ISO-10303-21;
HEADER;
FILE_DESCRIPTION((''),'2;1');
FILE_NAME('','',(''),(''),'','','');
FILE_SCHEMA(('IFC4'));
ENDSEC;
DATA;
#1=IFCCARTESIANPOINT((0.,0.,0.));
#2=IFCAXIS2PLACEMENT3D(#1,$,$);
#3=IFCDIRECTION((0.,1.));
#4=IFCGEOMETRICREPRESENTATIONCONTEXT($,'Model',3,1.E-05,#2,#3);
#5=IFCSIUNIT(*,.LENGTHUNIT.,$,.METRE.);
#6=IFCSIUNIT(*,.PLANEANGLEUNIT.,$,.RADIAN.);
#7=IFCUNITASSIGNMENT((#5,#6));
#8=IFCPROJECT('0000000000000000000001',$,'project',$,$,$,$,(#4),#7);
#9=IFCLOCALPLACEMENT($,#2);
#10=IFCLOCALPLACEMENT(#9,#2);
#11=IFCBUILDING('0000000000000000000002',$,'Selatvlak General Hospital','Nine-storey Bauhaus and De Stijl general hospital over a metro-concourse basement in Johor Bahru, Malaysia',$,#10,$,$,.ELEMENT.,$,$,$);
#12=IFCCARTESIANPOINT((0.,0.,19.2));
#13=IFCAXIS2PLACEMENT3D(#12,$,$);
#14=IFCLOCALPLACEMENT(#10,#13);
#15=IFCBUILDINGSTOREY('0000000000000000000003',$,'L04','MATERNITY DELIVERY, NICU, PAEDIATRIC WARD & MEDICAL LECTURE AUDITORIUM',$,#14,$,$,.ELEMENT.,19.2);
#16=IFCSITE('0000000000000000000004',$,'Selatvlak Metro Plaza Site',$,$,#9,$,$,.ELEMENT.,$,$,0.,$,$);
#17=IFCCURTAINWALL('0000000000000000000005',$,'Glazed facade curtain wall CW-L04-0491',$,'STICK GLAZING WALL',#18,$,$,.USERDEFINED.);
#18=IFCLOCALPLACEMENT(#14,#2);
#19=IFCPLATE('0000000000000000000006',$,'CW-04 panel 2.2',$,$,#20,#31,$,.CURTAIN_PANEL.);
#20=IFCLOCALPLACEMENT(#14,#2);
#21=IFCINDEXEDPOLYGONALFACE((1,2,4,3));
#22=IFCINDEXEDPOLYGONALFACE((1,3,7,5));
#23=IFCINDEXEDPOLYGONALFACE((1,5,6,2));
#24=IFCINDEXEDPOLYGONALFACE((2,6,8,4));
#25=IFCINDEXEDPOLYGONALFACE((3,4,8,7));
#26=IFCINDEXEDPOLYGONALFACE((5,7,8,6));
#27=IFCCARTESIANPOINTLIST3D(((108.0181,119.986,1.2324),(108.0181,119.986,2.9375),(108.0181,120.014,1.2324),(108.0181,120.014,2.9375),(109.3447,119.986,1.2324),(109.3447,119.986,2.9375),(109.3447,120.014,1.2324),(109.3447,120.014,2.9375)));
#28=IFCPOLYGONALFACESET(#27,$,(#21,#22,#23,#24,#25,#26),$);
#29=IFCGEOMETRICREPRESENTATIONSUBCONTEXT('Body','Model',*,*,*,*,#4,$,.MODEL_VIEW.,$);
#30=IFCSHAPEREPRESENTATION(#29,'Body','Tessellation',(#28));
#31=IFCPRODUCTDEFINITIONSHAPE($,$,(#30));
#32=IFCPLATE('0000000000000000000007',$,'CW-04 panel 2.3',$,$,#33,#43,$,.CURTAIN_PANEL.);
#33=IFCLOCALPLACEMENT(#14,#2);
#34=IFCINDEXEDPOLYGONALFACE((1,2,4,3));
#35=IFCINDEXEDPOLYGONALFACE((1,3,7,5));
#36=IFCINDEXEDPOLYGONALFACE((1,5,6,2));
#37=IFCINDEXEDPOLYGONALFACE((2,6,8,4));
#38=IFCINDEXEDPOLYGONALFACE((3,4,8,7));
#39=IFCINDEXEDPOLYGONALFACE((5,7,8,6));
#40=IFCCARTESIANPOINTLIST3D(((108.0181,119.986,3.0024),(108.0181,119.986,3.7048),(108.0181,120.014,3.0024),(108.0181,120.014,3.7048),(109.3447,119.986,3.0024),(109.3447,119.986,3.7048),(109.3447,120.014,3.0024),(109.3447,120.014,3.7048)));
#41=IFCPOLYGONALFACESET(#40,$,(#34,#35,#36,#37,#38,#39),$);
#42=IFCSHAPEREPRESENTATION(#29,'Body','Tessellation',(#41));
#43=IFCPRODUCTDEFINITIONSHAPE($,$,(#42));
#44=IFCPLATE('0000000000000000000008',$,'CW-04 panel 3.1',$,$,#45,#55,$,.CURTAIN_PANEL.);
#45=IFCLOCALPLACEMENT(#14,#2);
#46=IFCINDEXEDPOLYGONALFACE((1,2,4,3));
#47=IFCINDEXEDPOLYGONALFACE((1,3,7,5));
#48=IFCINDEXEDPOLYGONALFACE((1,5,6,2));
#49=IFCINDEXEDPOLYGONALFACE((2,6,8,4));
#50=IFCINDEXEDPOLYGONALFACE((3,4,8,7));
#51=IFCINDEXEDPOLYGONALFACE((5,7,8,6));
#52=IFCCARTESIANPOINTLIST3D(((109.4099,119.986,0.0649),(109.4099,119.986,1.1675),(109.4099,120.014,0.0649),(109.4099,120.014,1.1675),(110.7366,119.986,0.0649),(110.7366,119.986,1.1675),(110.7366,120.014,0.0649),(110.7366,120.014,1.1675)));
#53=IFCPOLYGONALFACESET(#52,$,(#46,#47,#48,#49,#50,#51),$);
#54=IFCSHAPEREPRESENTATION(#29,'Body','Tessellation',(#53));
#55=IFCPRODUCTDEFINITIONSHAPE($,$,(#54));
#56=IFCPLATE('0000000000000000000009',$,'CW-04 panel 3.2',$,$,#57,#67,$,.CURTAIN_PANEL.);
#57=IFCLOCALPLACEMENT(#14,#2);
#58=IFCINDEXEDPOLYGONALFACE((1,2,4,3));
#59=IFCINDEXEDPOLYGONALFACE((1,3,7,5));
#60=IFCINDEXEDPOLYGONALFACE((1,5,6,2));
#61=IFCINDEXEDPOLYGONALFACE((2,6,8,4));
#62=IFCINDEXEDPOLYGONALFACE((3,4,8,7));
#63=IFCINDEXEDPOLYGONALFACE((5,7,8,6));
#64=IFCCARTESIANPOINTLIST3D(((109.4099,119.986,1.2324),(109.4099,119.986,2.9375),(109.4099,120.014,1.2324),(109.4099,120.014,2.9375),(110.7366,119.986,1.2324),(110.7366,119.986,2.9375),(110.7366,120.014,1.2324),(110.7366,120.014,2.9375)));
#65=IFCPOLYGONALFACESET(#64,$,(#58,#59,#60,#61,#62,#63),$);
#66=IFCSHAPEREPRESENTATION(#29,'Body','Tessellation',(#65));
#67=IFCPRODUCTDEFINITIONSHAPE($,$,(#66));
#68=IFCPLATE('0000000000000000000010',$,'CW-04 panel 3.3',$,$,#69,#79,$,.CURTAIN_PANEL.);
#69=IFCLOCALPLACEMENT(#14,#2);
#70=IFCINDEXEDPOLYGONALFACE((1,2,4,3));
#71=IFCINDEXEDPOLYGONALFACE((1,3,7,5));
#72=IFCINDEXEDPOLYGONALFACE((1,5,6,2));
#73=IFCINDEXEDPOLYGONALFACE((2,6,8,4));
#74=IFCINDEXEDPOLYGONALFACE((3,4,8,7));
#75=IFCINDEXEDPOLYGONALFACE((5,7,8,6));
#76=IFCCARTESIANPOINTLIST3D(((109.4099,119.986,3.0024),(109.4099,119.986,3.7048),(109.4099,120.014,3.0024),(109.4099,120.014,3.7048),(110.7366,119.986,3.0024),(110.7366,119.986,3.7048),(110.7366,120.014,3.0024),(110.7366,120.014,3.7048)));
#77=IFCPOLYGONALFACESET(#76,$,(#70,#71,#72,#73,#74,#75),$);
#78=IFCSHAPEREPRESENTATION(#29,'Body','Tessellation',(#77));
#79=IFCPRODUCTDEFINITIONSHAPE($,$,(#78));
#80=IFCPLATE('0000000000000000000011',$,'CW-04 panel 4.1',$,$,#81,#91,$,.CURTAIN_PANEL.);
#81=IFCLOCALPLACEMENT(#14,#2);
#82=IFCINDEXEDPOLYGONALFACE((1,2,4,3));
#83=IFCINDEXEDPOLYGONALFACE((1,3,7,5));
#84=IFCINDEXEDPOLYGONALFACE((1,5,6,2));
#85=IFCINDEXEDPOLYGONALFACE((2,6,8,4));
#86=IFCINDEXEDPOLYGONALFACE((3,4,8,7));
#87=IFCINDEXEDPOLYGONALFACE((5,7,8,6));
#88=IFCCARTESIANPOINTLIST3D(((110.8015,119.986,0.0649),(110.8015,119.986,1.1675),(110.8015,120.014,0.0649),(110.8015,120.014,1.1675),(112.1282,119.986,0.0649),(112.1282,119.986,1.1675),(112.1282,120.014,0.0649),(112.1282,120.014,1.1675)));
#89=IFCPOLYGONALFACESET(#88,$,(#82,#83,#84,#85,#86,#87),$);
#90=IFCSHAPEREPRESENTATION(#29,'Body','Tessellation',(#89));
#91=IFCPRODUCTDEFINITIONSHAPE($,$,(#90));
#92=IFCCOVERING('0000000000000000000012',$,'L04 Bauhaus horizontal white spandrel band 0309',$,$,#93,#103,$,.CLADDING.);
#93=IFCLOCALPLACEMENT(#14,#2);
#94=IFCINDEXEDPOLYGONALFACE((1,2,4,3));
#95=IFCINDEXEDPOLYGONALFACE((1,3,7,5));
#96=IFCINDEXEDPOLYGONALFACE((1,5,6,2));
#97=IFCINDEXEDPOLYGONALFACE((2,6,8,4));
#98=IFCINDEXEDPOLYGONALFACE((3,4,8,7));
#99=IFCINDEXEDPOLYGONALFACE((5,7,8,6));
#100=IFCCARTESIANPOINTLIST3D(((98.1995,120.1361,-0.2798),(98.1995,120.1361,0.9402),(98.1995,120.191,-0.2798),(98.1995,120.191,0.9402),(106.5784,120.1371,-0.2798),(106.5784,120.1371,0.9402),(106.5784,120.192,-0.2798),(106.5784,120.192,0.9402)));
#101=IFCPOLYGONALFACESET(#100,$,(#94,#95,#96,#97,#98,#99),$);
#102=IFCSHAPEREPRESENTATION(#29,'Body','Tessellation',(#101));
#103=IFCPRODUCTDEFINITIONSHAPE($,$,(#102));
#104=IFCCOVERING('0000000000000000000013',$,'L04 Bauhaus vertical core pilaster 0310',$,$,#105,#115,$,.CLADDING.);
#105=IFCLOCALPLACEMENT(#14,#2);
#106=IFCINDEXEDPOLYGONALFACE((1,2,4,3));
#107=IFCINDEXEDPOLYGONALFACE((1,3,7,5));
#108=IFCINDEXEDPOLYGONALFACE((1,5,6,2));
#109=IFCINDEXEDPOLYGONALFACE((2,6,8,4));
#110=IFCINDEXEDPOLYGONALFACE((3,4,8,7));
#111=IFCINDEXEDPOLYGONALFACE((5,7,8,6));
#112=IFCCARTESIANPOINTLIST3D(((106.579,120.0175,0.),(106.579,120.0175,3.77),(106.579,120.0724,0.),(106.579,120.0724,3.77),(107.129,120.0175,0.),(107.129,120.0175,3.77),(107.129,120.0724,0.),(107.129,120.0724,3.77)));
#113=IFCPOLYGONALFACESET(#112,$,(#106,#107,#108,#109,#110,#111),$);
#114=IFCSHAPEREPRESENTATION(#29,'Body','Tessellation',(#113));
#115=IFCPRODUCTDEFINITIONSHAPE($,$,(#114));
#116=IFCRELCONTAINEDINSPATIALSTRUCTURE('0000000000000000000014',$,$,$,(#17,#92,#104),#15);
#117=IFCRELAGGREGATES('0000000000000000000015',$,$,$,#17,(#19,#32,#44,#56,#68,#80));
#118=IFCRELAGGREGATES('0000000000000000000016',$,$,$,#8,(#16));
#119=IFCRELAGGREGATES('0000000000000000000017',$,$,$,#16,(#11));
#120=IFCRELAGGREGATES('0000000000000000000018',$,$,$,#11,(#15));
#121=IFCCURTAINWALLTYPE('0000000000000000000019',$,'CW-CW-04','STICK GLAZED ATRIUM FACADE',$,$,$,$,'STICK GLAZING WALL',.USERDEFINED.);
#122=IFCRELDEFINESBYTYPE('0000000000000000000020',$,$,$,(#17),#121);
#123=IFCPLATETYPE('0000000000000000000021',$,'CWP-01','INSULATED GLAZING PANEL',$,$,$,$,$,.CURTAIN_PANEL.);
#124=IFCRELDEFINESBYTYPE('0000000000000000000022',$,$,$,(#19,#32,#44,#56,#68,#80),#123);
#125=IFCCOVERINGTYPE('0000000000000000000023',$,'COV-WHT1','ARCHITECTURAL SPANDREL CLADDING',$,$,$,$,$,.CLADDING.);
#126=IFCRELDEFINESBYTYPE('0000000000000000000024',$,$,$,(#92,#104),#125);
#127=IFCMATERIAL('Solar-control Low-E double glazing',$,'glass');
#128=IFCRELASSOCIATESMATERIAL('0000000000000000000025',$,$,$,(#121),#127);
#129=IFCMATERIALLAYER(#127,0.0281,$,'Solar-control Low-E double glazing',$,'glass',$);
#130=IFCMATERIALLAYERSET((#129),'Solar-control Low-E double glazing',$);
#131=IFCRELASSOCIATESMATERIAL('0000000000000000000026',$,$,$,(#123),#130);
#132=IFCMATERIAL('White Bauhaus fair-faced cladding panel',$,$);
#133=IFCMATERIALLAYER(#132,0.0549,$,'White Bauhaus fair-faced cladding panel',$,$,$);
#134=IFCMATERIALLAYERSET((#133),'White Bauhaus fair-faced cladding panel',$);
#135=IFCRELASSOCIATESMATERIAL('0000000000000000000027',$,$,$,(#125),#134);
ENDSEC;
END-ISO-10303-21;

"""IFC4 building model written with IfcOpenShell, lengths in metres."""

from ifc_helpers import new_model, si_unit, direction, frame, origin, origin_2d, place, context, subcontext, project, spatial, rectangle, extrude, material, layer, layer_set, type_object, element, aggregate, save


model = new_model("IFC4")

# Units and contexts
model_context = context("Model", 3, precision=1e-05, world=origin(), true_north=direction((0.0, 1.0)))
body_context = subcontext(model_context, "Body", "Model", "MODEL_VIEW")
ifc_project = project(units=[si_unit("LENGTHUNIT", "METRE"), si_unit("PLANEANGLEUNIT", "RADIAN")], contexts=[model_context])

# Site, building, storey
site_placement = place(None, origin())
site = spatial("IfcSite", under=ifc_project, at=site_placement, Name="Selatvlak Metro Plaza Site", CompositionType="ELEMENT", RefElevation=0.0)
building_placement = place(site_placement, origin())
building = spatial("IfcBuilding", under=site, at=building_placement, Name="Selatvlak General Hospital", Description="Nine-storey Bauhaus and De Stijl general hospital over a metro-concourse basement in Johor Bahru, Malaysia", CompositionType="ELEMENT")
storey_placement = place(building_placement, frame((0.0, 0.0, 19.2)))
storey = spatial("IfcBuildingStorey", under=building, at=storey_placement, Name="L04", Description="MATERNITY DELIVERY, NICU, PAEDIATRIC WARD & MEDICAL LECTURE AUDITORIUM", CompositionType="ELEMENT", Elevation=19.2)

# Curtain wall, plates
ifc_material_1 = material(Name="Solar-control Low-E double glazing", Category="glass")
curtain_wall_type = type_object("IfcCurtainWallType", Name="CW-CW-04", Description="STICK GLAZED ATRIUM FACADE", ElementType="STICK GLAZING WALL", PredefinedType="USERDEFINED", material=ifc_material_1)
curtain_wall_placement = place(storey_placement, origin())
curtain_wall = element("IfcCurtainWall", 1, at=curtain_wall_placement, inside=storey, type_object=curtain_wall_type, Name="Glazed facade curtain wall CW-L04-0491", ObjectType="STICK GLAZING WALL", PredefinedType="USERDEFINED")
ifc_layer_1 = layer(ifc_material_1, 0.0281, Name="Solar-control Low-E double glazing", Category="glass")
ifc_layer_set_1 = layer_set([ifc_layer_1], Name="Solar-control Low-E double glazing")
plate_type = type_object("IfcPlateType", Name="CWP-01", Description="INSULATED GLAZING PANEL", PredefinedType="CURTAIN_PANEL", material=ifc_layer_set_1)
plate_1_placement = place(storey_placement, frame((108.6814, 120.0, 1.2324), z_axis=(0.0, 0.0, 1.0), x_axis=(1.0, 0.0, 0.0)))
plate_1 = element("IfcPlate", 2, at=plate_1_placement, type_object=plate_type, Name="CW-04 panel 2.2", PredefinedType="CURTAIN_PANEL", context=body_context, shape_type="SweptSolid", body=[
    extrude(rectangle(XDim=1.3267, YDim=0.0281, at=origin_2d()), origin(), (0.0, 0.0, 1.0), 1.7051),
])
plate_2_placement = place(storey_placement, frame((108.6814, 120.0, 3.0024), z_axis=(0.0, 0.0, 1.0), x_axis=(1.0, 0.0, 0.0)))
plate_2 = element("IfcPlate", 3, at=plate_2_placement, type_object=plate_type, Name="CW-04 panel 2.3", PredefinedType="CURTAIN_PANEL", context=body_context, shape_type="SweptSolid", body=[
    extrude(rectangle(XDim=1.3267, YDim=0.0281, at=origin_2d()), origin(), (0.0, 0.0, 1.0), 0.7024),
])
plate_3_placement = place(storey_placement, frame((110.0732, 120.0, 0.0649), z_axis=(0.0, 0.0, 1.0), x_axis=(1.0, 0.0, 0.0)))
plate_3 = element("IfcPlate", 4, at=plate_3_placement, type_object=plate_type, Name="CW-04 panel 3.1", PredefinedType="CURTAIN_PANEL", context=body_context, shape_type="SweptSolid", body=[
    extrude(rectangle(XDim=1.3267, YDim=0.0281, at=origin_2d()), origin(), (0.0, 0.0, 1.0), 1.1025),
])
plate_4_placement = place(storey_placement, frame((110.0732, 120.0, 1.2324), z_axis=(0.0, 0.0, 1.0), x_axis=(1.0, 0.0, 0.0)))
plate_4 = element("IfcPlate", 5, at=plate_4_placement, type_object=plate_type, Name="CW-04 panel 3.2", PredefinedType="CURTAIN_PANEL", context=body_context, shape_type="SweptSolid", body=[
    extrude(rectangle(XDim=1.3267, YDim=0.0281, at=origin_2d()), origin(), (0.0, 0.0, 1.0), 1.7051),
])
plate_5_placement = place(storey_placement, frame((110.0732, 120.0, 3.0024), z_axis=(0.0, 0.0, 1.0), x_axis=(1.0, 0.0, 0.0)))
plate_5 = element("IfcPlate", 6, at=plate_5_placement, type_object=plate_type, Name="CW-04 panel 3.3", PredefinedType="CURTAIN_PANEL", context=body_context, shape_type="SweptSolid", body=[
    extrude(rectangle(XDim=1.3267, YDim=0.0281, at=origin_2d()), origin(), (0.0, 0.0, 1.0), 0.7024),
])
plate_6_placement = place(storey_placement, frame((111.4648, 120.0, 0.0649), z_axis=(0.0, 0.0, 1.0), x_axis=(1.0, 0.0, 0.0)))
plate_6 = element("IfcPlate", 7, at=plate_6_placement, type_object=plate_type, Name="CW-04 panel 4.1", PredefinedType="CURTAIN_PANEL", context=body_context, shape_type="SweptSolid", body=[
    extrude(rectangle(XDim=1.3267, YDim=0.0281, at=origin_2d()), origin(), (0.0, 0.0, 1.0), 1.1025),
])
aggregate(curtain_wall, [plate_1, plate_2, plate_3, plate_4, plate_5, plate_6])

# Coverings
ifc_material_2 = material(Name="White Bauhaus fair-faced cladding panel")
ifc_layer_2 = layer(ifc_material_2, 0.0549, Name="White Bauhaus fair-faced cladding panel")
ifc_layer_set_2 = layer_set([ifc_layer_2], Name="White Bauhaus fair-faced cladding panel")
covering_type = type_object("IfcCoveringType", Name="COV-WHT1", Description="ARCHITECTURAL SPANDREL CLADDING", PredefinedType="CLADDING", material=ifc_layer_set_2)
covering_1_placement = place(storey_placement, frame((102.3889, 120.1641, -0.2798), z_axis=(0.0, 0.0, 1.0), x_axis=(1.0, 0.000122, 0.0)))
element("IfcCovering", 8, at=covering_1_placement, inside=storey, type_object=covering_type, Name="L04 Bauhaus horizontal white spandrel band 0309", PredefinedType="CLADDING", context=body_context, shape_type="SweptSolid", body=[
    extrude(rectangle(XDim=8.3789, YDim=0.0549, at=origin_2d()), origin(), (0.0, 0.0, 1.0), 1.22),
])
covering_2_placement = place(storey_placement, frame((106.854, 120.0449, 0.0), z_axis=(0.0, 0.0, 1.0), x_axis=(1.0, 0.0, 0.0)))
element("IfcCovering", 9, at=covering_2_placement, inside=storey, type_object=covering_type, Name="L04 Bauhaus vertical core pilaster 0310", PredefinedType="CLADDING", context=body_context, shape_type="SweptSolid", body=[
    extrude(rectangle(XDim=0.55, YDim=0.0549, at=origin_2d()), origin(), (0.0, 0.0, 1.0), 3.77),
])

save(model, "model.ifc")
